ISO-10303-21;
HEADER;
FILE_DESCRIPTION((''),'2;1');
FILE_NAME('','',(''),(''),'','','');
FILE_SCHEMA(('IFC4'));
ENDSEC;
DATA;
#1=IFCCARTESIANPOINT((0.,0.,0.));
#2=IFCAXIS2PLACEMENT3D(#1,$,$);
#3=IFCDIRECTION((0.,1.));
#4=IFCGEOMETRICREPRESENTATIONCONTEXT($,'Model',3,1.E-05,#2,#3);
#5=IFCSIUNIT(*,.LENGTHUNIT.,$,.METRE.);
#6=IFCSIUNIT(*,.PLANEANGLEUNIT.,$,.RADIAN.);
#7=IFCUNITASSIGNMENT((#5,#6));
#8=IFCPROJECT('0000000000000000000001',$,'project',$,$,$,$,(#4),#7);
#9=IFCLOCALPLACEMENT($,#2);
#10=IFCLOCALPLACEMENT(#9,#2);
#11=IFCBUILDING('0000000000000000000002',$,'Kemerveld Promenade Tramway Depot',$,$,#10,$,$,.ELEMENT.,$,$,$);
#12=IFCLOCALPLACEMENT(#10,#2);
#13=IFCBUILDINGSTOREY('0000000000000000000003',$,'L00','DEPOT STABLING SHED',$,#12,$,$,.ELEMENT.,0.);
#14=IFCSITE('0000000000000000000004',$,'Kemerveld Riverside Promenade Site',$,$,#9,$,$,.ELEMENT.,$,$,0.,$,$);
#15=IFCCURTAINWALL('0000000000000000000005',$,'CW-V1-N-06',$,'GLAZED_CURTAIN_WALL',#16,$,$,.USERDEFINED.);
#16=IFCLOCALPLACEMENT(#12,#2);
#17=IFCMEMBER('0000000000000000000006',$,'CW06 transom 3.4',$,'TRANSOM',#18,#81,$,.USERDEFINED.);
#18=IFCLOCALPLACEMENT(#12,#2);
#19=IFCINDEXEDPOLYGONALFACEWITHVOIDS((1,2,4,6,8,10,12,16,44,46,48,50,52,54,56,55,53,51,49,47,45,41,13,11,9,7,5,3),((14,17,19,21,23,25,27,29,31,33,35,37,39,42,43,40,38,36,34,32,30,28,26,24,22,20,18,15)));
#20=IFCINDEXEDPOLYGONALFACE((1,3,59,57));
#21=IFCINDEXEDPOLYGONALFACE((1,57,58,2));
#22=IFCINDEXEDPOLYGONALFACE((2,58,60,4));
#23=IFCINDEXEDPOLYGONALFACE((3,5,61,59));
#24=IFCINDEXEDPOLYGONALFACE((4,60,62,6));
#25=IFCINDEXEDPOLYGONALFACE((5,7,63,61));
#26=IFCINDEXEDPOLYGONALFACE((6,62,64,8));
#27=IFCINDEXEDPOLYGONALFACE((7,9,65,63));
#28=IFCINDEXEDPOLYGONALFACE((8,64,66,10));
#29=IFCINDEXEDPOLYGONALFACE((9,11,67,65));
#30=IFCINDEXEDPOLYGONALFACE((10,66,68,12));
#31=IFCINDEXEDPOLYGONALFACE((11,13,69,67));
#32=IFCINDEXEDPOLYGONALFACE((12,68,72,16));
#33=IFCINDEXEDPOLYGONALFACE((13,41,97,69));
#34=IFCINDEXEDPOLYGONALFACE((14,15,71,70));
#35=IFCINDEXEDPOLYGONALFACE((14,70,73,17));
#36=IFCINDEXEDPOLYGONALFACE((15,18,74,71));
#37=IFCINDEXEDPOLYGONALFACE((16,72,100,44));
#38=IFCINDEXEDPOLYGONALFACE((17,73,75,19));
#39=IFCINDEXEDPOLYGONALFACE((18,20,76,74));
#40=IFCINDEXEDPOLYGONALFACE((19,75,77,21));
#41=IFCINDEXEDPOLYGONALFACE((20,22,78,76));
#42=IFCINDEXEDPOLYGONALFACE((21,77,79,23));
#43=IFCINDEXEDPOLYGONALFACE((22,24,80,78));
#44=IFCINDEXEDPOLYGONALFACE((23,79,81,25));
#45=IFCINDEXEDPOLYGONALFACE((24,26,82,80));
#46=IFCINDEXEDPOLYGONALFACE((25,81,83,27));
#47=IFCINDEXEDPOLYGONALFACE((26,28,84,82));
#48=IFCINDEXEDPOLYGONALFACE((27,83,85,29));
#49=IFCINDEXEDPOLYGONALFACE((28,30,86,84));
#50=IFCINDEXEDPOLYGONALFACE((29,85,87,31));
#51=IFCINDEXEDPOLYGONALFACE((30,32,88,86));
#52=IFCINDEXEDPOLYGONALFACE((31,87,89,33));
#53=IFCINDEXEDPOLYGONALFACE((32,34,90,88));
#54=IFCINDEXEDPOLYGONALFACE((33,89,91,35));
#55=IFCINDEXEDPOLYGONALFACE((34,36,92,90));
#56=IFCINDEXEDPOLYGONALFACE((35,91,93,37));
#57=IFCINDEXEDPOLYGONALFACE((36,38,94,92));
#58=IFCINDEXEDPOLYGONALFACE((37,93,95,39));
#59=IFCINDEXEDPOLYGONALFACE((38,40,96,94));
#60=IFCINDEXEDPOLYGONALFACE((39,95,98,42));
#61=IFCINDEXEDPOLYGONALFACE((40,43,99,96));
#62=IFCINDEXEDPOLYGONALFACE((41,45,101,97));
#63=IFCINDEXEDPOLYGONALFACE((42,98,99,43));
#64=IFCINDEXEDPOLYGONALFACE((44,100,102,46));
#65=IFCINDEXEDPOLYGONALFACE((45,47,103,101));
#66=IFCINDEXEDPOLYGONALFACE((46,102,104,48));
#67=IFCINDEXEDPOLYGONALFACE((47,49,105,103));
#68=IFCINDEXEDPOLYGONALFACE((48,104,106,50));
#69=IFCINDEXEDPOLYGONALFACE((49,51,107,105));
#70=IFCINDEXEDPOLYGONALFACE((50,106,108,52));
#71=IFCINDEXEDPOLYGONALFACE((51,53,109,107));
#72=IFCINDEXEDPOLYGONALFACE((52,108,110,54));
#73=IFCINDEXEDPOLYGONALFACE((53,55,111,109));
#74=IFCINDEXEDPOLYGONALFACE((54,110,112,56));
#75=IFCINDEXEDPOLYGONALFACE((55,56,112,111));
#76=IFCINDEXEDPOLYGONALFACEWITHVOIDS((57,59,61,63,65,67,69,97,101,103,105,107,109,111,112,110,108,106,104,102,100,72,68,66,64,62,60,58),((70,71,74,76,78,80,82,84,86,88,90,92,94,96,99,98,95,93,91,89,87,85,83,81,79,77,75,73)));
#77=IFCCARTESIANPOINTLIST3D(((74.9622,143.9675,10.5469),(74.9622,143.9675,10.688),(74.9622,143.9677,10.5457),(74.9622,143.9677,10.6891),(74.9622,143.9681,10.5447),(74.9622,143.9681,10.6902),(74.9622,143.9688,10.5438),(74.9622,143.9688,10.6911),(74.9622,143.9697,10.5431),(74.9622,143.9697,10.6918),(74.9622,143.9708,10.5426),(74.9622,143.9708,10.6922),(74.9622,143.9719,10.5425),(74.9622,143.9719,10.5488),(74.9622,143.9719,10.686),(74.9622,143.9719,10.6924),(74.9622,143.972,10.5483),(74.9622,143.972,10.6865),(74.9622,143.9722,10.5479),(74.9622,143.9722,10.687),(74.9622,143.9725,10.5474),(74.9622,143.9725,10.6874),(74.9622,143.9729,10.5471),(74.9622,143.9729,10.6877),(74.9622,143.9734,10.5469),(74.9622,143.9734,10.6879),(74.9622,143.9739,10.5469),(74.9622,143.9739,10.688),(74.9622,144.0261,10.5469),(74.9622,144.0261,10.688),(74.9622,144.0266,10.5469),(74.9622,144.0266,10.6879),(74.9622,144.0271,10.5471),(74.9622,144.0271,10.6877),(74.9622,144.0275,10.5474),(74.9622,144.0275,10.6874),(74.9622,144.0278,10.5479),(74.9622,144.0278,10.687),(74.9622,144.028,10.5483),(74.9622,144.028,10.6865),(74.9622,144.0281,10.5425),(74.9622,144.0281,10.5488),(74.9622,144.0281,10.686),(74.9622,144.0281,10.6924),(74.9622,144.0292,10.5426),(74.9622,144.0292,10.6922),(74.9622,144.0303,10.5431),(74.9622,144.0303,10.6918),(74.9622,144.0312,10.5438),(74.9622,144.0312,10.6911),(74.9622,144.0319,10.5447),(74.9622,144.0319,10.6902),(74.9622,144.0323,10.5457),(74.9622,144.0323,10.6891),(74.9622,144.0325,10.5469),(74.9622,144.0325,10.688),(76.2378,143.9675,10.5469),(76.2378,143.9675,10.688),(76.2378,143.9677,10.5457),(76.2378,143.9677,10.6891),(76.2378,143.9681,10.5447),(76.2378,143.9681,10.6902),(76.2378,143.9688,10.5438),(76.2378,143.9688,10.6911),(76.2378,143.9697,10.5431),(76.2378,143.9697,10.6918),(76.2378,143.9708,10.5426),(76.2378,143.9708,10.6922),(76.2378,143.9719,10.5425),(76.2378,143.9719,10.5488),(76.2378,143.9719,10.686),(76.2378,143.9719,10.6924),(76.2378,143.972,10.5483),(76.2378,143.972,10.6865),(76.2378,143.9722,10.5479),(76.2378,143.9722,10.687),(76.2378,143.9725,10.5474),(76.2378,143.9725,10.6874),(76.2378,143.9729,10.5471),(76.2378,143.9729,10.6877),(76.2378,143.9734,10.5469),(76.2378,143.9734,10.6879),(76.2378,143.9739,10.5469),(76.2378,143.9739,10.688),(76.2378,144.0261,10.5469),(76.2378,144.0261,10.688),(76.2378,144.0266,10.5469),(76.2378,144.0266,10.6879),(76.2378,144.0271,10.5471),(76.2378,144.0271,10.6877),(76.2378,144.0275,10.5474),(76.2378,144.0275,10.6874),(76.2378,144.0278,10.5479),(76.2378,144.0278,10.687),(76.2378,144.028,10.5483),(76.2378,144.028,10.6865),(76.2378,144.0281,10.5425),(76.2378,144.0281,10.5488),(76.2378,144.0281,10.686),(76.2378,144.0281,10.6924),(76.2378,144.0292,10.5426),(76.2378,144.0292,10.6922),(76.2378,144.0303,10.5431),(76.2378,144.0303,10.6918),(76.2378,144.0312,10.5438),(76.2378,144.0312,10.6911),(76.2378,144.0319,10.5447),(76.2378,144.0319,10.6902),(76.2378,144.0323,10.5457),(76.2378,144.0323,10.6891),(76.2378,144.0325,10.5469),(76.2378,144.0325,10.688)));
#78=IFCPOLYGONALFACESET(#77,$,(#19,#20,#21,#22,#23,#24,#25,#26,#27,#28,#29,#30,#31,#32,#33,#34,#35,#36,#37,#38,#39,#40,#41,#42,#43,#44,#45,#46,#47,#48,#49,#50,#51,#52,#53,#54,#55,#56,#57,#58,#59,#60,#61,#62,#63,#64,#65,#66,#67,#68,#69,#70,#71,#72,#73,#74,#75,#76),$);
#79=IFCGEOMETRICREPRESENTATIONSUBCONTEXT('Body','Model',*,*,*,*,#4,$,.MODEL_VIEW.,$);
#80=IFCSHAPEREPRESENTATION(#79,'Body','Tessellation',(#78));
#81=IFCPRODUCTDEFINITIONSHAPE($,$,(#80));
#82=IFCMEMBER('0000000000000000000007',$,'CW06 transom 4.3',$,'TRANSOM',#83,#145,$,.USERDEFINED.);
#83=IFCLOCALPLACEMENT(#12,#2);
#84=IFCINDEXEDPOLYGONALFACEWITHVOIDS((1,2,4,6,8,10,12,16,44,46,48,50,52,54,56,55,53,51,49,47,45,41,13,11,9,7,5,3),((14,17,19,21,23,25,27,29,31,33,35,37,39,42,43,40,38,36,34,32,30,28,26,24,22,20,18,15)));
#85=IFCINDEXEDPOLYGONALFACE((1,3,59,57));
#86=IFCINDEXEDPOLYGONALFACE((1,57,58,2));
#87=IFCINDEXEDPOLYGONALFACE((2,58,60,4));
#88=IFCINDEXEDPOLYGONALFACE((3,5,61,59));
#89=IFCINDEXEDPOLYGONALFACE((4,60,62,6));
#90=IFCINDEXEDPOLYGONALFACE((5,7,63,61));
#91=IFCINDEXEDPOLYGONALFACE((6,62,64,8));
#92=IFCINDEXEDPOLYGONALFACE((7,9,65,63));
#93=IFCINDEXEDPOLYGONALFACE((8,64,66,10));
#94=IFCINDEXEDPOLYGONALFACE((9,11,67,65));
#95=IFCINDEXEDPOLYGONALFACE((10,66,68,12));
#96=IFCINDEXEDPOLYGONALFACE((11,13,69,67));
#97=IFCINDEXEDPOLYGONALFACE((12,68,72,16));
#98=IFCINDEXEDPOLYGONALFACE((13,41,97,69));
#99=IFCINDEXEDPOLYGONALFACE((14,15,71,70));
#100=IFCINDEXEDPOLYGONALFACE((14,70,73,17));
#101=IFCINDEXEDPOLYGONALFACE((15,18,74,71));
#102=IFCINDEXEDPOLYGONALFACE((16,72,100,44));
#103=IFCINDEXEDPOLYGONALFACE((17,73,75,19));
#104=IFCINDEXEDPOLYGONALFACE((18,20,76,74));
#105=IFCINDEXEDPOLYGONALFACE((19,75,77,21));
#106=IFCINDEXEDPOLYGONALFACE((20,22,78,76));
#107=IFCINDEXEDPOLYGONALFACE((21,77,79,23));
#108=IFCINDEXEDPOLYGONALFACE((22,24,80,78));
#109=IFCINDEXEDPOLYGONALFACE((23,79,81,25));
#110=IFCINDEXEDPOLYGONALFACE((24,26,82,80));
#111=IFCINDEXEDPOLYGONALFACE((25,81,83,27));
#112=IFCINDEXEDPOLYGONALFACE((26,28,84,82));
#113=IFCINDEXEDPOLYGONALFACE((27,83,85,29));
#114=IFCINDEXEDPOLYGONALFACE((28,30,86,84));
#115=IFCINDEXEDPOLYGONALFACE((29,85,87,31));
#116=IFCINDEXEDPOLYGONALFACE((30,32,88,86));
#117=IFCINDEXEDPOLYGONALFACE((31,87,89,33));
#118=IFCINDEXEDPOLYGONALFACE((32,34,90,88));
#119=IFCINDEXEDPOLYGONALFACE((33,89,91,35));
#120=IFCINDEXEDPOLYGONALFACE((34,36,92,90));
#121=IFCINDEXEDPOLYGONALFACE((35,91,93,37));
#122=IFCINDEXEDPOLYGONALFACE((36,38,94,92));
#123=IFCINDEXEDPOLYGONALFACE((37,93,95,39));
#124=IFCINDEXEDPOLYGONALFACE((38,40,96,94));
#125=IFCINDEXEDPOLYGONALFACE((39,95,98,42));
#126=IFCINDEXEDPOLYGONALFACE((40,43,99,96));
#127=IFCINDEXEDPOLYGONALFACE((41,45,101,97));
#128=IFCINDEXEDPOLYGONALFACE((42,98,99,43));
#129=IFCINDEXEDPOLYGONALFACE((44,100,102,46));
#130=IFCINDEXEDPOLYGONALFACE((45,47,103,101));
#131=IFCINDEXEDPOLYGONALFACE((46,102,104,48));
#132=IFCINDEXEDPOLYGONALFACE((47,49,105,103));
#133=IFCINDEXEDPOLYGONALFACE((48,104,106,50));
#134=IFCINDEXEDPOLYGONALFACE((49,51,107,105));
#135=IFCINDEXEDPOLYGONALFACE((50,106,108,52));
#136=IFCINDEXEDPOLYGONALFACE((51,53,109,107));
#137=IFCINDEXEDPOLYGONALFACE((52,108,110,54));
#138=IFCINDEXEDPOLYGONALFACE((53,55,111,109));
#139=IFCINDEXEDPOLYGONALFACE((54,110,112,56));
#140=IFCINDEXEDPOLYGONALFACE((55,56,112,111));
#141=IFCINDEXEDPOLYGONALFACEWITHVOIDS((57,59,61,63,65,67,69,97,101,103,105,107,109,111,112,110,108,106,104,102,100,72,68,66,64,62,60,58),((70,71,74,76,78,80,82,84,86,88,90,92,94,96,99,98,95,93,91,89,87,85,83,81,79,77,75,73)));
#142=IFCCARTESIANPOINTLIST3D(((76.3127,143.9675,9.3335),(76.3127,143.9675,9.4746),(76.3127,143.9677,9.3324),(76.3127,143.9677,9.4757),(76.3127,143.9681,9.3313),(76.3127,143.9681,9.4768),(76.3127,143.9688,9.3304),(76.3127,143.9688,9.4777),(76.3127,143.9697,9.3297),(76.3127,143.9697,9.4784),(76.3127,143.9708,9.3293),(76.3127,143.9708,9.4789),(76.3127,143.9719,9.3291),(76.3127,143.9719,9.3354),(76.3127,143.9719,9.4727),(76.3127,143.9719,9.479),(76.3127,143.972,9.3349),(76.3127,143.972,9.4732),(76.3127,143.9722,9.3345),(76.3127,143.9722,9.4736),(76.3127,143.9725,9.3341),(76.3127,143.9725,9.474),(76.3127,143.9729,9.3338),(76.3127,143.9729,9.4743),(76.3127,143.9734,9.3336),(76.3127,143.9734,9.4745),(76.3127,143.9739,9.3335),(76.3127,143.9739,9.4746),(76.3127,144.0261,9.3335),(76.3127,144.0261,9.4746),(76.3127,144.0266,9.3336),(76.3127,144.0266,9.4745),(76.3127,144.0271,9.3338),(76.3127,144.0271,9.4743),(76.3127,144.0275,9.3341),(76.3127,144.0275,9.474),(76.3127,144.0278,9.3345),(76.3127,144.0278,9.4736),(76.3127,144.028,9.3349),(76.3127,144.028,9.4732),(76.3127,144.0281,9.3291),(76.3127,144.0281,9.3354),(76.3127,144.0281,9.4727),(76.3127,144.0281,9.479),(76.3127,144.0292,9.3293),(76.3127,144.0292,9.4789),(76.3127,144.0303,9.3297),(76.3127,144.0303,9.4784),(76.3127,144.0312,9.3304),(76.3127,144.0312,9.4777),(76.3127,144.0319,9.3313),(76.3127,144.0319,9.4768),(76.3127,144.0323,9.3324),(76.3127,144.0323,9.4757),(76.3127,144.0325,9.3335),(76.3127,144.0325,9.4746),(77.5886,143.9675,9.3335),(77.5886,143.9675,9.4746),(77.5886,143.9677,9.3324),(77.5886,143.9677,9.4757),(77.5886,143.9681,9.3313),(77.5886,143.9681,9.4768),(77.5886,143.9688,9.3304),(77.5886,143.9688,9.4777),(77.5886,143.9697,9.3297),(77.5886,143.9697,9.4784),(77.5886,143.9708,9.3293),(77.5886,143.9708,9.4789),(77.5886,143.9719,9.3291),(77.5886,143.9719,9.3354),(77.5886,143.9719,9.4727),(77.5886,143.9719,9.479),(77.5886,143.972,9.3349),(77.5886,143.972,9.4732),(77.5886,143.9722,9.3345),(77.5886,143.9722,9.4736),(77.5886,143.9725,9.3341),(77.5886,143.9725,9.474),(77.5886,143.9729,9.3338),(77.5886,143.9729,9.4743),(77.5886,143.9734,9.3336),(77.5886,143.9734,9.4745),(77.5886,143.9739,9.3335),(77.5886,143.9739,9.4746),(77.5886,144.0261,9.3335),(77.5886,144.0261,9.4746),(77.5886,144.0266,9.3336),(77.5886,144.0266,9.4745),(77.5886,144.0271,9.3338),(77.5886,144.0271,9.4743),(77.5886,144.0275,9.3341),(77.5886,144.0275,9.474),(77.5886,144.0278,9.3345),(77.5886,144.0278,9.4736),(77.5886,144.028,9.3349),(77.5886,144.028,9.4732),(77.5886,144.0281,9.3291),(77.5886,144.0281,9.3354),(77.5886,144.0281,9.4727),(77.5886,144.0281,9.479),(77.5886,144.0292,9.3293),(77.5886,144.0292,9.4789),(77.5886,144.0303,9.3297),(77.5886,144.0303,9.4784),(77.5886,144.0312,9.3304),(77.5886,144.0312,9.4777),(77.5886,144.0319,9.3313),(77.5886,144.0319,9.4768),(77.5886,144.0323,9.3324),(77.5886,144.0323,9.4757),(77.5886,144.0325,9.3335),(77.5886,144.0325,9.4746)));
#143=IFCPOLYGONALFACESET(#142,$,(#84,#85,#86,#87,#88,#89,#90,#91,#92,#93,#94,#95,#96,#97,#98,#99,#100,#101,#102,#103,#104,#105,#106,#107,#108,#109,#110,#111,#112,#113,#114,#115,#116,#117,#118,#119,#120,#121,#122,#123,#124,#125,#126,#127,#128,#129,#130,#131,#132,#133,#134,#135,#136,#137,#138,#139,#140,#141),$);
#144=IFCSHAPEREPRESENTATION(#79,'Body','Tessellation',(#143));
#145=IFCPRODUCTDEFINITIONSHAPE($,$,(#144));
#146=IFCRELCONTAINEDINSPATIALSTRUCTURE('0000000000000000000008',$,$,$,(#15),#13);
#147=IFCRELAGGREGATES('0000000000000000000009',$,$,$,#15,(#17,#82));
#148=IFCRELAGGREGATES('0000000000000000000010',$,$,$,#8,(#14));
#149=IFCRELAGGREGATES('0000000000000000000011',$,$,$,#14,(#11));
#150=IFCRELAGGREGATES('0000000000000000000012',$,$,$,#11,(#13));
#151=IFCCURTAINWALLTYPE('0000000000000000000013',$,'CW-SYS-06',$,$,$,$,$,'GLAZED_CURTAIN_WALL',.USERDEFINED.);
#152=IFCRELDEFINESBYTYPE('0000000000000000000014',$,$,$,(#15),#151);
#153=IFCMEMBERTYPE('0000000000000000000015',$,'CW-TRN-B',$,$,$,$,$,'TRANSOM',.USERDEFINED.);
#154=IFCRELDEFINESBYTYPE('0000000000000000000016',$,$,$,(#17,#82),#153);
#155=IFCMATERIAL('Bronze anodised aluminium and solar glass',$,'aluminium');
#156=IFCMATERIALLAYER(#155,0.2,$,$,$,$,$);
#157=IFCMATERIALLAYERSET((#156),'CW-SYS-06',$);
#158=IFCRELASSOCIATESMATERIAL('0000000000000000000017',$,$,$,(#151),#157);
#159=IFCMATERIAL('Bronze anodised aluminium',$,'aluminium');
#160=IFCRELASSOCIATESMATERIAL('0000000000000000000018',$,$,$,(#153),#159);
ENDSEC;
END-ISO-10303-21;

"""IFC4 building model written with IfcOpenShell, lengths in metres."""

from ifc_helpers import new_model, si_unit, direction, frame, origin, origin_2d, place, context, subcontext, project, spatial, hollow_rectangle, extrude, material, layer, layer_set, material_profile, profile_set, type_object, element, aggregate, save


model = new_model("IFC4")

# Units and contexts
model_context = context("Model", 3, precision=1e-05, world=origin(), true_north=direction((0.0, 1.0)))
body_context = subcontext(model_context, "Body", "Model", "MODEL_VIEW")
ifc_project = project(units=[si_unit("LENGTHUNIT", "METRE"), si_unit("PLANEANGLEUNIT", "RADIAN")], contexts=[model_context])

# Site, building, storey
site_placement = place(None, origin())
site = spatial("IfcSite", under=ifc_project, at=site_placement, Name="Kemerveld Riverside Promenade Site", CompositionType="ELEMENT", RefElevation=0.0)
building_placement = place(site_placement, origin())
building = spatial("IfcBuilding", under=site, at=building_placement, Name="Kemerveld Promenade Tramway Depot", CompositionType="ELEMENT")
storey_placement = place(building_placement, origin())
storey = spatial("IfcBuildingStorey", under=building, at=storey_placement, Name="L00", Description="DEPOT STABLING SHED", CompositionType="ELEMENT", Elevation=0.0)

# Curtain wall, members
ifc_material_1 = material(Name="Bronze anodised aluminium and solar glass", Category="aluminium")
ifc_material_2 = material(Name="Bronze anodised aluminium", Category="aluminium")
ifc_layer_1 = layer(ifc_material_1, 0.2)
ifc_layer_set_1 = layer_set([ifc_layer_1], Name="CW-SYS-06")
curtain_wall_type_1 = type_object("IfcCurtainWallType", Name="CW-SYS-06", ElementType="GLAZED_CURTAIN_WALL", PredefinedType="USERDEFINED", material=ifc_layer_set_1)
curtain_wall_1_placement = place(storey_placement, origin())
curtain_wall_1 = element("IfcCurtainWall", 1, at=curtain_wall_1_placement, inside=storey, type_object=curtain_wall_type_1, Name="CW-V1-N-06", ObjectType="GLAZED_CURTAIN_WALL", PredefinedType="USERDEFINED")
ifc_material_profile_1 = material_profile(ifc_material_2, hollow_rectangle(XDim=0.0649, YDim=0.1499, WallThickness=0.0044, InnerFilletRadius=0.002, OuterFilletRadius=0.0044, at=origin_2d()), Name="CW-TRN-150x65")
ifc_profile_set_1 = profile_set([ifc_material_profile_1], Name="Bronze anodised aluminium")
member_type_1 = type_object("IfcMemberType", Name="CW-TRN-B", ElementType="TRANSOM", PredefinedType="USERDEFINED", material=ifc_profile_set_1)
member_1_placement = place(storey_placement, frame((74.9622, 144.0, 10.6174), z_axis=(1.0, 0.0, 0.0), x_axis=(0.0, 1.0, 0.0)))
member_1 = element("IfcMember", 2, at=member_1_placement, type_object=member_type_1, Name="CW06 transom 3.4", ObjectType="TRANSOM", PredefinedType="USERDEFINED", context=body_context, shape_type="SweptSolid", body=[
    extrude(hollow_rectangle(XDim=0.0649, YDim=0.1499, WallThickness=0.0044, InnerFilletRadius=0.002, OuterFilletRadius=0.0044, at=origin_2d()), origin(), (0.0, 0.0, 1.0), 1.2756),
])
member_2_placement = place(storey_placement, frame((76.3127, 144.0, 9.4041), z_axis=(1.0, 0.0, 0.0), x_axis=(0.0, 1.0, 0.0)))
member_2 = element("IfcMember", 3, at=member_2_placement, type_object=member_type_1, Name="CW06 transom 4.3", ObjectType="TRANSOM", PredefinedType="USERDEFINED", context=body_context, shape_type="SweptSolid", body=[
    extrude(hollow_rectangle(XDim=0.0649, YDim=0.1499, WallThickness=0.0044, InnerFilletRadius=0.002, OuterFilletRadius=0.0044, at=origin_2d()), origin(), (0.0, 0.0, 1.0), 1.2759),
])

aggregate(curtain_wall_1, [member_1, member_2])

save(model, "model.ifc")
